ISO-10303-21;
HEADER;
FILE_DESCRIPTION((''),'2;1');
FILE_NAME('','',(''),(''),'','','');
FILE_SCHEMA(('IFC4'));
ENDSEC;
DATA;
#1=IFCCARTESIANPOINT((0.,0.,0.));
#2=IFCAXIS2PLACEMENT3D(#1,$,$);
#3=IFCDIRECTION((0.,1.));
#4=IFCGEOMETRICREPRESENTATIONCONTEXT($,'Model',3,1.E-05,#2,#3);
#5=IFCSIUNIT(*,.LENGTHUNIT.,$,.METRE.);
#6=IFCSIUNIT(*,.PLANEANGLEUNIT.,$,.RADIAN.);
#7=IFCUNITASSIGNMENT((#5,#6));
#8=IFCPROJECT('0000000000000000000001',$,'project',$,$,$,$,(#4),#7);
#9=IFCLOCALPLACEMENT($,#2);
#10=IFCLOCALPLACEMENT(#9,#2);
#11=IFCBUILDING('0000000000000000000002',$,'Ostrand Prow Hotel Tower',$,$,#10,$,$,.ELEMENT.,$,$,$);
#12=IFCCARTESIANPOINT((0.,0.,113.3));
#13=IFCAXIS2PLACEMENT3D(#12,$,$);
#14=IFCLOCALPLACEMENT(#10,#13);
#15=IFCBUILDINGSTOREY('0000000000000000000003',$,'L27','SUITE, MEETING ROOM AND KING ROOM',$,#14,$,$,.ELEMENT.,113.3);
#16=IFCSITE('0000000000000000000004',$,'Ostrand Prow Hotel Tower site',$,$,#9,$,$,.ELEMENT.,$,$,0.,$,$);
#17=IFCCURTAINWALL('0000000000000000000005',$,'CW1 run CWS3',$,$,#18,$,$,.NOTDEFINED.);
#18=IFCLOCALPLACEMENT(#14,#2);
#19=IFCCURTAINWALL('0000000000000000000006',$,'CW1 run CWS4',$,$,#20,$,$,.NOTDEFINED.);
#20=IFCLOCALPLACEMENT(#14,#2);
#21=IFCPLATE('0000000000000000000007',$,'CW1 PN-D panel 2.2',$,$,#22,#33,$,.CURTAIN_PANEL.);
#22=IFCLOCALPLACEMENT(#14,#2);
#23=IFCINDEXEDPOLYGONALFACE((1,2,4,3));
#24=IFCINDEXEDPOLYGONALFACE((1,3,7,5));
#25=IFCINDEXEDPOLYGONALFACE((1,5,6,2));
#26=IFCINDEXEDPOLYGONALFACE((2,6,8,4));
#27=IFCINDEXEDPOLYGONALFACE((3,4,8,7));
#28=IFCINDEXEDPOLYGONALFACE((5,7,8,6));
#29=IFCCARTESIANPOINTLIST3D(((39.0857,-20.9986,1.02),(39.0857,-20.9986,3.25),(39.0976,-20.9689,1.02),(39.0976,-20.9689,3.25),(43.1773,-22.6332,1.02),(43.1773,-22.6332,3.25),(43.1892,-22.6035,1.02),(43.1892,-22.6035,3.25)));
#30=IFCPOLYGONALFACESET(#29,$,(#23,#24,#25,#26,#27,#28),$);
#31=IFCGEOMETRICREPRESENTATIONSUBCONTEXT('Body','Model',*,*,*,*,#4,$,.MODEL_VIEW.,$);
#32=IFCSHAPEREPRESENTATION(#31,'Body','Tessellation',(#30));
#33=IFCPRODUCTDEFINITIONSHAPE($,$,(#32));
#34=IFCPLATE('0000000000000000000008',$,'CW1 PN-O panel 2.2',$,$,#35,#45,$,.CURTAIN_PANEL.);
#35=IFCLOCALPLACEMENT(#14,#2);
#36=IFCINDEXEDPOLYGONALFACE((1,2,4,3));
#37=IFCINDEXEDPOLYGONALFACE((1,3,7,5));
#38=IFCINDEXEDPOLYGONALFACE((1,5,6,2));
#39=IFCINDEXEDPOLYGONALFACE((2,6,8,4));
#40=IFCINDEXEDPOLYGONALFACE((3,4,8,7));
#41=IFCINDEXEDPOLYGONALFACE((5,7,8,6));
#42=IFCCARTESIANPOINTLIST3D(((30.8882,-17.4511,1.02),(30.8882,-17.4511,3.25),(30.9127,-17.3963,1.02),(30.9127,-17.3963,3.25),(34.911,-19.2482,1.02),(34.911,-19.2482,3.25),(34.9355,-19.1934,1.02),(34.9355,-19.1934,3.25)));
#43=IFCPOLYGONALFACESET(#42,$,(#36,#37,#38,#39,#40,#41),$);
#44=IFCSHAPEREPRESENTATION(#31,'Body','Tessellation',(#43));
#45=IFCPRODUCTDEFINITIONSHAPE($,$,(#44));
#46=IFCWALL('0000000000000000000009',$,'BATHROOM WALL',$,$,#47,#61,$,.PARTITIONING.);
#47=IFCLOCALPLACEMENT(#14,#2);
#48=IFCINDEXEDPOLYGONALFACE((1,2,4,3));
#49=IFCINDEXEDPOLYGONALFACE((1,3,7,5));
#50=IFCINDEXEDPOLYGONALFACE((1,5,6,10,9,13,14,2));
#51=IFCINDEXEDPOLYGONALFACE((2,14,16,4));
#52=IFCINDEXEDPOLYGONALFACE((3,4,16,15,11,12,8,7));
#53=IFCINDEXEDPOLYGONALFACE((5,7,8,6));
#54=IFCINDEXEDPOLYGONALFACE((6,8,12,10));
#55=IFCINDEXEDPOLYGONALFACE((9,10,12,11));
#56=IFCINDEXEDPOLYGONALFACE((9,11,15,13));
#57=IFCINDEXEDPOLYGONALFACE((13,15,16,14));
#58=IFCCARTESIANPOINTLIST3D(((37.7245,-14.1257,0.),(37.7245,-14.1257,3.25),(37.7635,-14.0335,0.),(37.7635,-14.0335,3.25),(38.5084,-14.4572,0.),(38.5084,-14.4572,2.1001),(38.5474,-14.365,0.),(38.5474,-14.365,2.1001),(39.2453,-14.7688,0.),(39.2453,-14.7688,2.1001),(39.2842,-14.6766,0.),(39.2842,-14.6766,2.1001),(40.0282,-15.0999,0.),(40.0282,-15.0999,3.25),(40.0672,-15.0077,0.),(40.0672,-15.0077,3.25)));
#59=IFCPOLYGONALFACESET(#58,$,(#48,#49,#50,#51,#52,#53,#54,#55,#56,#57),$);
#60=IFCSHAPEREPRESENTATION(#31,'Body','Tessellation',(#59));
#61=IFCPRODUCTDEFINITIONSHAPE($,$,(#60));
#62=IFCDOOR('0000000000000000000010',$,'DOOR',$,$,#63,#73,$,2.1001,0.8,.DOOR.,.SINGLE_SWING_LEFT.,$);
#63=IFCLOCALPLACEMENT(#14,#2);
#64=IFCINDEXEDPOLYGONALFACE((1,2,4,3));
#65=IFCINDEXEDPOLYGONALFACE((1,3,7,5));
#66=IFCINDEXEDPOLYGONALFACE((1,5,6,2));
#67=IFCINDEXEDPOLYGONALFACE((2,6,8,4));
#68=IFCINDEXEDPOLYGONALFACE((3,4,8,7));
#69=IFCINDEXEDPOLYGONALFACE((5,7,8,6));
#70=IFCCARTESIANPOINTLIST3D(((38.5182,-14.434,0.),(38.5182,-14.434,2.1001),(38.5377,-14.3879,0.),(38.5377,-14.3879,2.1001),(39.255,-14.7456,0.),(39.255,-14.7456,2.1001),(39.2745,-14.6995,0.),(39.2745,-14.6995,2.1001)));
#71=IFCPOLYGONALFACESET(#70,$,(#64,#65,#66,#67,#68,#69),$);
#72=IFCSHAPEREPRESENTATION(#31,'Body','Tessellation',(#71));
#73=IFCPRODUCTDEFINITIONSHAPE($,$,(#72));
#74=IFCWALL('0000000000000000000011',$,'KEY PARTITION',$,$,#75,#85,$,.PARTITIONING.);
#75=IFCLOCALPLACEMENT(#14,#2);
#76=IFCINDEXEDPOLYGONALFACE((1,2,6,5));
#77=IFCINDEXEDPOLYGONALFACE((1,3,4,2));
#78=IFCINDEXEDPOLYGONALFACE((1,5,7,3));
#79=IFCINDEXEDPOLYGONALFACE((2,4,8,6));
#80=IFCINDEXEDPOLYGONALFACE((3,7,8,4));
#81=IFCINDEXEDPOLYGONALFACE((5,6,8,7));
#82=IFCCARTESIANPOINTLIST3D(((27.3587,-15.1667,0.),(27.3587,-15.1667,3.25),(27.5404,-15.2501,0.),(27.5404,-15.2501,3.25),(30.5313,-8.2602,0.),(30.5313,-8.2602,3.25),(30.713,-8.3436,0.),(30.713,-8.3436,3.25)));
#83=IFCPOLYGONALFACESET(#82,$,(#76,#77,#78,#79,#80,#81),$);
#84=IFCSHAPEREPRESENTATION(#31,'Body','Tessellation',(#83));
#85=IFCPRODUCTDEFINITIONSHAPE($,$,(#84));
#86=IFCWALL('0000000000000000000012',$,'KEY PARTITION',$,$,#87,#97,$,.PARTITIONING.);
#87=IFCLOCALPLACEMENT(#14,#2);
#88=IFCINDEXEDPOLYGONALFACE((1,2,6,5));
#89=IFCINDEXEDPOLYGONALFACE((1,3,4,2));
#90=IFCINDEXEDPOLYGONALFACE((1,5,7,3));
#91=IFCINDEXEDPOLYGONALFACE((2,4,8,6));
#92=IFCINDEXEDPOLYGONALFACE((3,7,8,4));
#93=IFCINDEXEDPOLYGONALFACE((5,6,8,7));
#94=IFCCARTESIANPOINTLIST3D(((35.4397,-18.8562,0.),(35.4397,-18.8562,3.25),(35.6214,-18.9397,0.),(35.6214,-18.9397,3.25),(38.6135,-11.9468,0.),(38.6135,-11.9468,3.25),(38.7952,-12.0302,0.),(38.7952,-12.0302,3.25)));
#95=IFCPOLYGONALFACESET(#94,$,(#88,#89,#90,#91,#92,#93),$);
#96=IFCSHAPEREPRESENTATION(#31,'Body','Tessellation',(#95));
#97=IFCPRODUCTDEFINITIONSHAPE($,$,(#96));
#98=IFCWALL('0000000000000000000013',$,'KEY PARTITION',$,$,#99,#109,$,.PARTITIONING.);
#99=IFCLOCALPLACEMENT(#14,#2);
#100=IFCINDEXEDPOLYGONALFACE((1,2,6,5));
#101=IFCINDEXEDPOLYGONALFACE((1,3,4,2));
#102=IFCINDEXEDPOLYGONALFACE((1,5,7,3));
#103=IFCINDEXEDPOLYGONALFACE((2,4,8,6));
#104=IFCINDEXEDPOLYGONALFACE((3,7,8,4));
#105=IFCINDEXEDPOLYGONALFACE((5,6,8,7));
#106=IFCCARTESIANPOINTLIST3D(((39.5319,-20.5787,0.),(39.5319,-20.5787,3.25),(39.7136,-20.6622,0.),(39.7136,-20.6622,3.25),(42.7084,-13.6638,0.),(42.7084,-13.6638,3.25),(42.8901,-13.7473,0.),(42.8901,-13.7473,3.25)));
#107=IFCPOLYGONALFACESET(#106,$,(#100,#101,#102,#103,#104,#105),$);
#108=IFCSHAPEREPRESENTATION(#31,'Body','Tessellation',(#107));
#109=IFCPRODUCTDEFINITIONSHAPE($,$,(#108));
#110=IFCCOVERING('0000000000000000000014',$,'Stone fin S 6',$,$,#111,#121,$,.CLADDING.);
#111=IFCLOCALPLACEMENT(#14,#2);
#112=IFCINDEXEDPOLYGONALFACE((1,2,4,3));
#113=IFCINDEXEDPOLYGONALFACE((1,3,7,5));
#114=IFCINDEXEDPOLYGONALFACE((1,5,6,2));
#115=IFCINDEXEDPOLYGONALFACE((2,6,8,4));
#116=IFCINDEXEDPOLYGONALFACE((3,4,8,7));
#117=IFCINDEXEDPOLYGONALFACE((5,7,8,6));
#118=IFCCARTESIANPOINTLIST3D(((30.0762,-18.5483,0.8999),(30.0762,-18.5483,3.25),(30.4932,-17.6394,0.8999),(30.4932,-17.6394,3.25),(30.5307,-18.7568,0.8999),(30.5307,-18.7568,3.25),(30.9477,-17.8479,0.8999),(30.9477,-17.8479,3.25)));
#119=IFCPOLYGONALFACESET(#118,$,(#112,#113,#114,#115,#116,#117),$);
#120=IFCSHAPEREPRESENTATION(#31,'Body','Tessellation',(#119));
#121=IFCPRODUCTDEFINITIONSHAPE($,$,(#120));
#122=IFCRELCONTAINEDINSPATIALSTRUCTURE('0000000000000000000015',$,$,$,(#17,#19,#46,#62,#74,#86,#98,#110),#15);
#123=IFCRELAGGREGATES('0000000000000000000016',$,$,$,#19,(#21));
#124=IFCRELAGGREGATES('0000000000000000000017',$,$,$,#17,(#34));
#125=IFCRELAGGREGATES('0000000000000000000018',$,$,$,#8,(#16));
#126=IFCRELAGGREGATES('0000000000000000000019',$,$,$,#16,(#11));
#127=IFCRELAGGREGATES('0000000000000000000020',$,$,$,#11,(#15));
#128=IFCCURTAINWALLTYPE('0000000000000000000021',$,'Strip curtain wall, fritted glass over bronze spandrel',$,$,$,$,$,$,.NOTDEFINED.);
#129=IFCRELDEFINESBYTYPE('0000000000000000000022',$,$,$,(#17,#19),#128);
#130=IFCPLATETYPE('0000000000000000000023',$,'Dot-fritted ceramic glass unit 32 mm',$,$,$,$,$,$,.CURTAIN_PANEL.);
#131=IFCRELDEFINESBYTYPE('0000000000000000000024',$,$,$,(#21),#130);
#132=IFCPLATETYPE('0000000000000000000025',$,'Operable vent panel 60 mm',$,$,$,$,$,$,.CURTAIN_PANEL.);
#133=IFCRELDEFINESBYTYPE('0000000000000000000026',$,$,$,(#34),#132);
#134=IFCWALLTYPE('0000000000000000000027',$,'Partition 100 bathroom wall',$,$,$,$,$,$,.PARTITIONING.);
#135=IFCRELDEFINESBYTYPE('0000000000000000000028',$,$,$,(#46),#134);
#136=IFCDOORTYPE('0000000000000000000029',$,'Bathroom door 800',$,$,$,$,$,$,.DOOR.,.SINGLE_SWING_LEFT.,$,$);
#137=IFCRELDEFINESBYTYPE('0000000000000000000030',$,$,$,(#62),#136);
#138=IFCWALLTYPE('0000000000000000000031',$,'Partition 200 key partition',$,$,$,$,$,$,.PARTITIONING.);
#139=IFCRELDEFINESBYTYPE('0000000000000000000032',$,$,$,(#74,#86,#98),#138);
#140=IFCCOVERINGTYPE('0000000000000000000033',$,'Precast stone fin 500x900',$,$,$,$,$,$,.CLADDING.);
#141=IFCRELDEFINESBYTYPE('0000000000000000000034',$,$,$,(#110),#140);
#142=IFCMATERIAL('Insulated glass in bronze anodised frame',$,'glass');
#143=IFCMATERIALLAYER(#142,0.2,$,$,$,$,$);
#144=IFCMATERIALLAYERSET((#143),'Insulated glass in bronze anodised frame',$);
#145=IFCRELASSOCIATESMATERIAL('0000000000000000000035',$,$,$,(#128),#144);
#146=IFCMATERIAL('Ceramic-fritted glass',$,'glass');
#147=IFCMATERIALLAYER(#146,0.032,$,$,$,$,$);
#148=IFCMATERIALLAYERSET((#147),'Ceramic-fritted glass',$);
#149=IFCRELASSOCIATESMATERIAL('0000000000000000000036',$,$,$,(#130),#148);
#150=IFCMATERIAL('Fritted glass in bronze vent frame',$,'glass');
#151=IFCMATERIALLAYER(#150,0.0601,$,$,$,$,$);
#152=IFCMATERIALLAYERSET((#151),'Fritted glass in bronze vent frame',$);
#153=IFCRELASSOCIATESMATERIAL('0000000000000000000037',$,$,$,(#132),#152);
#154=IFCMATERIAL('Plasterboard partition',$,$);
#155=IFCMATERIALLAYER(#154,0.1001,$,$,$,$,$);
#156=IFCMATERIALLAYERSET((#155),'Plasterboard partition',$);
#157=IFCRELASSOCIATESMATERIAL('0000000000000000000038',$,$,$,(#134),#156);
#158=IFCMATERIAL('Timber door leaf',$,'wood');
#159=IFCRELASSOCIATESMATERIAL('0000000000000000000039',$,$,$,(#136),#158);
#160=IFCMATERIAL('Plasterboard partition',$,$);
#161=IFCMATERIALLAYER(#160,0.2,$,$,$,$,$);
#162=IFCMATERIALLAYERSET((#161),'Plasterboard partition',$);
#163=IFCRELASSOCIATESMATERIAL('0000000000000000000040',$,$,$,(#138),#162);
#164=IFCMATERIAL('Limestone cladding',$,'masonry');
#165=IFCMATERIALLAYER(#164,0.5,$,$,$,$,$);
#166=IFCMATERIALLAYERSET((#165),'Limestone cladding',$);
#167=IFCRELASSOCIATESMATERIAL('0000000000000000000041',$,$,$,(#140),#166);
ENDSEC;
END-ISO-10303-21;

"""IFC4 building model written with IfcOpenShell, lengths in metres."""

from ifc_helpers import new_model, si_unit, direction, frame, frame_2d, origin, origin_2d, place, context, subcontext, project, spatial, rectangle, extrude, material, layer, layer_set, type_object, element, fill, aggregate, save


model = new_model("IFC4")

# Units and contexts
model_context = context("Model", 3, precision=1e-05, world=origin(), true_north=direction((0.0, 1.0)))
body_context = subcontext(model_context, "Body", "Model", "MODEL_VIEW")
ifc_project = project(units=[si_unit("LENGTHUNIT", "METRE"), si_unit("PLANEANGLEUNIT", "RADIAN")], contexts=[model_context])

# Site, building, storey
site_placement = place(None, origin())
site = spatial("IfcSite", under=ifc_project, at=site_placement, Name="Ostrand Prow Hotel Tower site", CompositionType="ELEMENT", RefElevation=0.0)
building_placement = place(site_placement, origin())
building = spatial("IfcBuilding", under=site, at=building_placement, Name="Ostrand Prow Hotel Tower", CompositionType="ELEMENT")
storey_placement = place(building_placement, frame((0.0, 0.0, 113.3)))
storey = spatial("IfcBuildingStorey", under=building, at=storey_placement, Name="L27", Description="SUITE, MEETING ROOM AND KING ROOM", CompositionType="ELEMENT", Elevation=113.3)

# Shared definitions
ifc_material_1 = material(Name="Insulated glass in bronze anodised frame", Category="glass")
ifc_layer_1 = layer(ifc_material_1, 0.2)
ifc_layer_set_1 = layer_set([ifc_layer_1], Name="Insulated glass in bronze anodised frame")
curtain_wall_type = type_object("IfcCurtainWallType", Name="Strip curtain wall, fritted glass over bronze spandrel", PredefinedType="NOTDEFINED", material=ifc_layer_set_1)

# Curtain wall
curtain_wall_1_placement = place(storey_placement, origin())
curtain_wall_1 = element("IfcCurtainWall", 1, at=curtain_wall_1_placement, inside=storey, type_object=curtain_wall_type, Name="CW1 run CWS3", PredefinedType="NOTDEFINED")

# Curtain wall
curtain_wall_2_placement = place(storey_placement, origin())
curtain_wall_2 = element("IfcCurtainWall", 2, at=curtain_wall_2_placement, inside=storey, type_object=curtain_wall_type, Name="CW1 run CWS4", PredefinedType="NOTDEFINED")

# Plates
ifc_material_2 = material(Name="Ceramic-fritted glass", Category="glass")
ifc_layer_2 = layer(ifc_material_2, 0.032)
ifc_layer_set_2 = layer_set([ifc_layer_2], Name="Ceramic-fritted glass")
plate_type_1 = type_object("IfcPlateType", Name="Dot-fritted ceramic glass unit 32 mm", PredefinedType="CURTAIN_PANEL", material=ifc_layer_set_2)
plate_1_placement = place(storey_placement, frame((41.1375, -21.801, 1.02), z_axis=(0.0, 0.0, 1.0), x_axis=(0.92864, -0.370982, 0.0)))
plate_1 = element("IfcPlate", 3, at=plate_1_placement, type_object=plate_type_1, Name="CW1 PN-D panel 2.2", PredefinedType="CURTAIN_PANEL", context=body_context, shape_type="SweptSolid", body=[
    extrude(rectangle(XDim=4.406, YDim=0.032, at=origin_2d()), origin(), (0.0, 0.0, 1.0), 2.23),
])
aggregate(curtain_wall_2, [plate_1])
ifc_material_3 = material(Name="Fritted glass in bronze vent frame", Category="glass")
ifc_layer_3 = layer(ifc_material_3, 0.0601)
ifc_layer_set_3 = layer_set([ifc_layer_3], Name="Fritted glass in bronze vent frame")
plate_type_2 = type_object("IfcPlateType", Name="Operable vent panel 60 mm", PredefinedType="CURTAIN_PANEL", material=ifc_layer_set_3)
plate_2_placement = place(storey_placement, frame((32.9119, -18.3223, 1.02), z_axis=(0.0, 0.0, 1.0), x_axis=(0.913038, -0.407875, 0.0)))
plate_2 = element("IfcPlate", 4, at=plate_2_placement, type_object=plate_type_2, Name="CW1 PN-O panel 2.2", PredefinedType="CURTAIN_PANEL", context=body_context, shape_type="SweptSolid", body=[
    extrude(rectangle(XDim=4.406, YDim=0.0601, at=origin_2d()), origin(), (0.0, 0.0, 1.0), 2.23),
])
aggregate(curtain_wall_1, [plate_2])

# Wall, opening, door
ifc_material_4 = material(Name="Plasterboard partition")
ifc_layer_4 = layer(ifc_material_4, 0.1001)
ifc_layer_set_4 = layer_set([ifc_layer_4], Name="Plasterboard partition")
wall_type_1 = type_object("IfcWallType", Name="Partition 100 bathroom wall", PredefinedType="PARTITIONING", material=ifc_layer_set_4)
wall_1_placement = place(storey_placement, frame((40.0476, -15.0537, 0.0), z_axis=(0.0, 0.0, 1.0), x_axis=(-0.921043, 0.389462, 0.0)))
wall_1 = element("IfcWall", 5, at=wall_1_placement, inside=storey, type_object=wall_type_1, Name="BATHROOM WALL", PredefinedType="PARTITIONING", context=body_context, shape_type="SweptSolid", body=[
    extrude(rectangle(XDim=2.5012, YDim=0.1001, at=frame_2d((1.2505, 0.0))), origin(), (0.0, 0.0, 1.0), 3.25),
])
opening_placement = place(wall_1_placement, frame((0.8501, 0.0, 0.0)))
opening = element("IfcOpeningElement", 6, at=opening_placement, cuts=wall_1, PredefinedType="OPENING", context=body_context, shape_type="SweptSolid", body=[
    extrude(rectangle(XDim=0.8, YDim=2.1001, at=frame_2d((0.3999, 1.05))), frame((0.0, 0.0601, 0.0), z_axis=(0.0, -1.0, 0.0), x_axis=(1.0, 0.0, 0.0)), (0.0, 0.0, 1.0), 0.1201),
])
ifc_material_5 = material(Name="Timber door leaf", Category="wood")
door_type = type_object("IfcDoorType", Name="Bathroom door 800", OperationType="SINGLE_SWING_LEFT", PredefinedType="DOOR", material=ifc_material_5)
door_placement = place(opening_placement, origin())
door = element("IfcDoor", 7, at=door_placement, inside=storey, type_object=door_type, Name="DOOR", OperationType="SINGLE_SWING_LEFT", OverallHeight=2.1001, OverallWidth=0.8, PredefinedType="DOOR", context=body_context, shape_type="SweptSolid", body=[
    extrude(rectangle(XDim=0.8, YDim=2.1001, at=frame_2d((0.3999, 1.05))), frame((0.0, 0.0249, 0.0), z_axis=(0.0, -1.0, 0.0), x_axis=(1.0, 0.0, 0.0)), (0.0, 0.0, 1.0), 0.05),
])
fill(opening, door)

# Walls
ifc_material_6 = material(Name="Plasterboard partition")
ifc_layer_5 = layer(ifc_material_6, 0.2)
ifc_layer_set_5 = layer_set([ifc_layer_5], Name="Plasterboard partition")
wall_type_2 = type_object("IfcWallType", Name="Partition 200 key partition", PredefinedType="PARTITIONING", material=ifc_layer_set_5)
wall_2_placement = place(storey_placement, frame((27.4495, -15.2085, 0.0), z_axis=(0.0, 0.0, 1.0), x_axis=(0.41743, 0.908709, 0.0)))
element("IfcWall", 8, at=wall_2_placement, inside=storey, type_object=wall_type_2, Name="KEY PARTITION", PredefinedType="PARTITIONING", context=body_context, shape_type="SweptSolid", body=[
    extrude(rectangle(XDim=7.6003, YDim=0.2, at=frame_2d((3.8003, 0.0))), origin(), (0.0, 0.0, 1.0), 3.25),
])
wall_3_placement = place(storey_placement, frame((35.5305, -18.8979, 0.0), z_axis=(0.0, 0.0, 1.0), x_axis=(0.417416, 0.908715, 0.0)))
element("IfcWall", 9, at=wall_3_placement, inside=storey, type_object=wall_type_2, Name="KEY PARTITION", PredefinedType="PARTITIONING", context=body_context, shape_type="SweptSolid", body=[
    extrude(rectangle(XDim=7.6035, YDim=0.2, at=frame_2d((3.8018, 0.0))), origin(), (0.0, 0.0, 1.0), 3.25),
])
wall_4_placement = place(storey_placement, frame((39.6228, -20.6204, 0.0), z_axis=(0.0, 0.0, 1.0), x_axis=(0.417428, 0.90871, 0.0)))
element("IfcWall", 10, at=wall_4_placement, inside=storey, type_object=wall_type_2, Name="KEY PARTITION", PredefinedType="PARTITIONING", context=body_context, shape_type="SweptSolid", body=[
    extrude(rectangle(XDim=7.6096, YDim=0.2, at=frame_2d((3.8047, 0.0))), origin(), (0.0, 0.0, 1.0), 3.25),
])

# Covering
ifc_material_7 = material(Name="Limestone cladding", Category="masonry")
ifc_layer_6 = layer(ifc_material_7, 0.5)
ifc_layer_set_6 = layer_set([ifc_layer_6], Name="Limestone cladding")
covering_type = type_object("IfcCoveringType", Name="Precast stone fin 500x900", PredefinedType="CLADDING", material=ifc_layer_set_6)
covering_placement = place(storey_placement, frame((30.7205, -17.7437, 0.8999), z_axis=(0.0, 0.0, 1.0), x_axis=(-0.416983, -0.908914, 0.0)))
element("IfcCovering", 11, at=covering_placement, inside=storey, type_object=covering_type, Name="Stone fin S 6", PredefinedType="CLADDING", context=body_context, shape_type="SweptSolid", body=[
    extrude(rectangle(XDim=1.0, YDim=0.5, at=frame_2d((0.5, 0.0))), origin(), (0.0, 0.0, 1.0), 2.3501),
])

save(model, "model.ifc")
